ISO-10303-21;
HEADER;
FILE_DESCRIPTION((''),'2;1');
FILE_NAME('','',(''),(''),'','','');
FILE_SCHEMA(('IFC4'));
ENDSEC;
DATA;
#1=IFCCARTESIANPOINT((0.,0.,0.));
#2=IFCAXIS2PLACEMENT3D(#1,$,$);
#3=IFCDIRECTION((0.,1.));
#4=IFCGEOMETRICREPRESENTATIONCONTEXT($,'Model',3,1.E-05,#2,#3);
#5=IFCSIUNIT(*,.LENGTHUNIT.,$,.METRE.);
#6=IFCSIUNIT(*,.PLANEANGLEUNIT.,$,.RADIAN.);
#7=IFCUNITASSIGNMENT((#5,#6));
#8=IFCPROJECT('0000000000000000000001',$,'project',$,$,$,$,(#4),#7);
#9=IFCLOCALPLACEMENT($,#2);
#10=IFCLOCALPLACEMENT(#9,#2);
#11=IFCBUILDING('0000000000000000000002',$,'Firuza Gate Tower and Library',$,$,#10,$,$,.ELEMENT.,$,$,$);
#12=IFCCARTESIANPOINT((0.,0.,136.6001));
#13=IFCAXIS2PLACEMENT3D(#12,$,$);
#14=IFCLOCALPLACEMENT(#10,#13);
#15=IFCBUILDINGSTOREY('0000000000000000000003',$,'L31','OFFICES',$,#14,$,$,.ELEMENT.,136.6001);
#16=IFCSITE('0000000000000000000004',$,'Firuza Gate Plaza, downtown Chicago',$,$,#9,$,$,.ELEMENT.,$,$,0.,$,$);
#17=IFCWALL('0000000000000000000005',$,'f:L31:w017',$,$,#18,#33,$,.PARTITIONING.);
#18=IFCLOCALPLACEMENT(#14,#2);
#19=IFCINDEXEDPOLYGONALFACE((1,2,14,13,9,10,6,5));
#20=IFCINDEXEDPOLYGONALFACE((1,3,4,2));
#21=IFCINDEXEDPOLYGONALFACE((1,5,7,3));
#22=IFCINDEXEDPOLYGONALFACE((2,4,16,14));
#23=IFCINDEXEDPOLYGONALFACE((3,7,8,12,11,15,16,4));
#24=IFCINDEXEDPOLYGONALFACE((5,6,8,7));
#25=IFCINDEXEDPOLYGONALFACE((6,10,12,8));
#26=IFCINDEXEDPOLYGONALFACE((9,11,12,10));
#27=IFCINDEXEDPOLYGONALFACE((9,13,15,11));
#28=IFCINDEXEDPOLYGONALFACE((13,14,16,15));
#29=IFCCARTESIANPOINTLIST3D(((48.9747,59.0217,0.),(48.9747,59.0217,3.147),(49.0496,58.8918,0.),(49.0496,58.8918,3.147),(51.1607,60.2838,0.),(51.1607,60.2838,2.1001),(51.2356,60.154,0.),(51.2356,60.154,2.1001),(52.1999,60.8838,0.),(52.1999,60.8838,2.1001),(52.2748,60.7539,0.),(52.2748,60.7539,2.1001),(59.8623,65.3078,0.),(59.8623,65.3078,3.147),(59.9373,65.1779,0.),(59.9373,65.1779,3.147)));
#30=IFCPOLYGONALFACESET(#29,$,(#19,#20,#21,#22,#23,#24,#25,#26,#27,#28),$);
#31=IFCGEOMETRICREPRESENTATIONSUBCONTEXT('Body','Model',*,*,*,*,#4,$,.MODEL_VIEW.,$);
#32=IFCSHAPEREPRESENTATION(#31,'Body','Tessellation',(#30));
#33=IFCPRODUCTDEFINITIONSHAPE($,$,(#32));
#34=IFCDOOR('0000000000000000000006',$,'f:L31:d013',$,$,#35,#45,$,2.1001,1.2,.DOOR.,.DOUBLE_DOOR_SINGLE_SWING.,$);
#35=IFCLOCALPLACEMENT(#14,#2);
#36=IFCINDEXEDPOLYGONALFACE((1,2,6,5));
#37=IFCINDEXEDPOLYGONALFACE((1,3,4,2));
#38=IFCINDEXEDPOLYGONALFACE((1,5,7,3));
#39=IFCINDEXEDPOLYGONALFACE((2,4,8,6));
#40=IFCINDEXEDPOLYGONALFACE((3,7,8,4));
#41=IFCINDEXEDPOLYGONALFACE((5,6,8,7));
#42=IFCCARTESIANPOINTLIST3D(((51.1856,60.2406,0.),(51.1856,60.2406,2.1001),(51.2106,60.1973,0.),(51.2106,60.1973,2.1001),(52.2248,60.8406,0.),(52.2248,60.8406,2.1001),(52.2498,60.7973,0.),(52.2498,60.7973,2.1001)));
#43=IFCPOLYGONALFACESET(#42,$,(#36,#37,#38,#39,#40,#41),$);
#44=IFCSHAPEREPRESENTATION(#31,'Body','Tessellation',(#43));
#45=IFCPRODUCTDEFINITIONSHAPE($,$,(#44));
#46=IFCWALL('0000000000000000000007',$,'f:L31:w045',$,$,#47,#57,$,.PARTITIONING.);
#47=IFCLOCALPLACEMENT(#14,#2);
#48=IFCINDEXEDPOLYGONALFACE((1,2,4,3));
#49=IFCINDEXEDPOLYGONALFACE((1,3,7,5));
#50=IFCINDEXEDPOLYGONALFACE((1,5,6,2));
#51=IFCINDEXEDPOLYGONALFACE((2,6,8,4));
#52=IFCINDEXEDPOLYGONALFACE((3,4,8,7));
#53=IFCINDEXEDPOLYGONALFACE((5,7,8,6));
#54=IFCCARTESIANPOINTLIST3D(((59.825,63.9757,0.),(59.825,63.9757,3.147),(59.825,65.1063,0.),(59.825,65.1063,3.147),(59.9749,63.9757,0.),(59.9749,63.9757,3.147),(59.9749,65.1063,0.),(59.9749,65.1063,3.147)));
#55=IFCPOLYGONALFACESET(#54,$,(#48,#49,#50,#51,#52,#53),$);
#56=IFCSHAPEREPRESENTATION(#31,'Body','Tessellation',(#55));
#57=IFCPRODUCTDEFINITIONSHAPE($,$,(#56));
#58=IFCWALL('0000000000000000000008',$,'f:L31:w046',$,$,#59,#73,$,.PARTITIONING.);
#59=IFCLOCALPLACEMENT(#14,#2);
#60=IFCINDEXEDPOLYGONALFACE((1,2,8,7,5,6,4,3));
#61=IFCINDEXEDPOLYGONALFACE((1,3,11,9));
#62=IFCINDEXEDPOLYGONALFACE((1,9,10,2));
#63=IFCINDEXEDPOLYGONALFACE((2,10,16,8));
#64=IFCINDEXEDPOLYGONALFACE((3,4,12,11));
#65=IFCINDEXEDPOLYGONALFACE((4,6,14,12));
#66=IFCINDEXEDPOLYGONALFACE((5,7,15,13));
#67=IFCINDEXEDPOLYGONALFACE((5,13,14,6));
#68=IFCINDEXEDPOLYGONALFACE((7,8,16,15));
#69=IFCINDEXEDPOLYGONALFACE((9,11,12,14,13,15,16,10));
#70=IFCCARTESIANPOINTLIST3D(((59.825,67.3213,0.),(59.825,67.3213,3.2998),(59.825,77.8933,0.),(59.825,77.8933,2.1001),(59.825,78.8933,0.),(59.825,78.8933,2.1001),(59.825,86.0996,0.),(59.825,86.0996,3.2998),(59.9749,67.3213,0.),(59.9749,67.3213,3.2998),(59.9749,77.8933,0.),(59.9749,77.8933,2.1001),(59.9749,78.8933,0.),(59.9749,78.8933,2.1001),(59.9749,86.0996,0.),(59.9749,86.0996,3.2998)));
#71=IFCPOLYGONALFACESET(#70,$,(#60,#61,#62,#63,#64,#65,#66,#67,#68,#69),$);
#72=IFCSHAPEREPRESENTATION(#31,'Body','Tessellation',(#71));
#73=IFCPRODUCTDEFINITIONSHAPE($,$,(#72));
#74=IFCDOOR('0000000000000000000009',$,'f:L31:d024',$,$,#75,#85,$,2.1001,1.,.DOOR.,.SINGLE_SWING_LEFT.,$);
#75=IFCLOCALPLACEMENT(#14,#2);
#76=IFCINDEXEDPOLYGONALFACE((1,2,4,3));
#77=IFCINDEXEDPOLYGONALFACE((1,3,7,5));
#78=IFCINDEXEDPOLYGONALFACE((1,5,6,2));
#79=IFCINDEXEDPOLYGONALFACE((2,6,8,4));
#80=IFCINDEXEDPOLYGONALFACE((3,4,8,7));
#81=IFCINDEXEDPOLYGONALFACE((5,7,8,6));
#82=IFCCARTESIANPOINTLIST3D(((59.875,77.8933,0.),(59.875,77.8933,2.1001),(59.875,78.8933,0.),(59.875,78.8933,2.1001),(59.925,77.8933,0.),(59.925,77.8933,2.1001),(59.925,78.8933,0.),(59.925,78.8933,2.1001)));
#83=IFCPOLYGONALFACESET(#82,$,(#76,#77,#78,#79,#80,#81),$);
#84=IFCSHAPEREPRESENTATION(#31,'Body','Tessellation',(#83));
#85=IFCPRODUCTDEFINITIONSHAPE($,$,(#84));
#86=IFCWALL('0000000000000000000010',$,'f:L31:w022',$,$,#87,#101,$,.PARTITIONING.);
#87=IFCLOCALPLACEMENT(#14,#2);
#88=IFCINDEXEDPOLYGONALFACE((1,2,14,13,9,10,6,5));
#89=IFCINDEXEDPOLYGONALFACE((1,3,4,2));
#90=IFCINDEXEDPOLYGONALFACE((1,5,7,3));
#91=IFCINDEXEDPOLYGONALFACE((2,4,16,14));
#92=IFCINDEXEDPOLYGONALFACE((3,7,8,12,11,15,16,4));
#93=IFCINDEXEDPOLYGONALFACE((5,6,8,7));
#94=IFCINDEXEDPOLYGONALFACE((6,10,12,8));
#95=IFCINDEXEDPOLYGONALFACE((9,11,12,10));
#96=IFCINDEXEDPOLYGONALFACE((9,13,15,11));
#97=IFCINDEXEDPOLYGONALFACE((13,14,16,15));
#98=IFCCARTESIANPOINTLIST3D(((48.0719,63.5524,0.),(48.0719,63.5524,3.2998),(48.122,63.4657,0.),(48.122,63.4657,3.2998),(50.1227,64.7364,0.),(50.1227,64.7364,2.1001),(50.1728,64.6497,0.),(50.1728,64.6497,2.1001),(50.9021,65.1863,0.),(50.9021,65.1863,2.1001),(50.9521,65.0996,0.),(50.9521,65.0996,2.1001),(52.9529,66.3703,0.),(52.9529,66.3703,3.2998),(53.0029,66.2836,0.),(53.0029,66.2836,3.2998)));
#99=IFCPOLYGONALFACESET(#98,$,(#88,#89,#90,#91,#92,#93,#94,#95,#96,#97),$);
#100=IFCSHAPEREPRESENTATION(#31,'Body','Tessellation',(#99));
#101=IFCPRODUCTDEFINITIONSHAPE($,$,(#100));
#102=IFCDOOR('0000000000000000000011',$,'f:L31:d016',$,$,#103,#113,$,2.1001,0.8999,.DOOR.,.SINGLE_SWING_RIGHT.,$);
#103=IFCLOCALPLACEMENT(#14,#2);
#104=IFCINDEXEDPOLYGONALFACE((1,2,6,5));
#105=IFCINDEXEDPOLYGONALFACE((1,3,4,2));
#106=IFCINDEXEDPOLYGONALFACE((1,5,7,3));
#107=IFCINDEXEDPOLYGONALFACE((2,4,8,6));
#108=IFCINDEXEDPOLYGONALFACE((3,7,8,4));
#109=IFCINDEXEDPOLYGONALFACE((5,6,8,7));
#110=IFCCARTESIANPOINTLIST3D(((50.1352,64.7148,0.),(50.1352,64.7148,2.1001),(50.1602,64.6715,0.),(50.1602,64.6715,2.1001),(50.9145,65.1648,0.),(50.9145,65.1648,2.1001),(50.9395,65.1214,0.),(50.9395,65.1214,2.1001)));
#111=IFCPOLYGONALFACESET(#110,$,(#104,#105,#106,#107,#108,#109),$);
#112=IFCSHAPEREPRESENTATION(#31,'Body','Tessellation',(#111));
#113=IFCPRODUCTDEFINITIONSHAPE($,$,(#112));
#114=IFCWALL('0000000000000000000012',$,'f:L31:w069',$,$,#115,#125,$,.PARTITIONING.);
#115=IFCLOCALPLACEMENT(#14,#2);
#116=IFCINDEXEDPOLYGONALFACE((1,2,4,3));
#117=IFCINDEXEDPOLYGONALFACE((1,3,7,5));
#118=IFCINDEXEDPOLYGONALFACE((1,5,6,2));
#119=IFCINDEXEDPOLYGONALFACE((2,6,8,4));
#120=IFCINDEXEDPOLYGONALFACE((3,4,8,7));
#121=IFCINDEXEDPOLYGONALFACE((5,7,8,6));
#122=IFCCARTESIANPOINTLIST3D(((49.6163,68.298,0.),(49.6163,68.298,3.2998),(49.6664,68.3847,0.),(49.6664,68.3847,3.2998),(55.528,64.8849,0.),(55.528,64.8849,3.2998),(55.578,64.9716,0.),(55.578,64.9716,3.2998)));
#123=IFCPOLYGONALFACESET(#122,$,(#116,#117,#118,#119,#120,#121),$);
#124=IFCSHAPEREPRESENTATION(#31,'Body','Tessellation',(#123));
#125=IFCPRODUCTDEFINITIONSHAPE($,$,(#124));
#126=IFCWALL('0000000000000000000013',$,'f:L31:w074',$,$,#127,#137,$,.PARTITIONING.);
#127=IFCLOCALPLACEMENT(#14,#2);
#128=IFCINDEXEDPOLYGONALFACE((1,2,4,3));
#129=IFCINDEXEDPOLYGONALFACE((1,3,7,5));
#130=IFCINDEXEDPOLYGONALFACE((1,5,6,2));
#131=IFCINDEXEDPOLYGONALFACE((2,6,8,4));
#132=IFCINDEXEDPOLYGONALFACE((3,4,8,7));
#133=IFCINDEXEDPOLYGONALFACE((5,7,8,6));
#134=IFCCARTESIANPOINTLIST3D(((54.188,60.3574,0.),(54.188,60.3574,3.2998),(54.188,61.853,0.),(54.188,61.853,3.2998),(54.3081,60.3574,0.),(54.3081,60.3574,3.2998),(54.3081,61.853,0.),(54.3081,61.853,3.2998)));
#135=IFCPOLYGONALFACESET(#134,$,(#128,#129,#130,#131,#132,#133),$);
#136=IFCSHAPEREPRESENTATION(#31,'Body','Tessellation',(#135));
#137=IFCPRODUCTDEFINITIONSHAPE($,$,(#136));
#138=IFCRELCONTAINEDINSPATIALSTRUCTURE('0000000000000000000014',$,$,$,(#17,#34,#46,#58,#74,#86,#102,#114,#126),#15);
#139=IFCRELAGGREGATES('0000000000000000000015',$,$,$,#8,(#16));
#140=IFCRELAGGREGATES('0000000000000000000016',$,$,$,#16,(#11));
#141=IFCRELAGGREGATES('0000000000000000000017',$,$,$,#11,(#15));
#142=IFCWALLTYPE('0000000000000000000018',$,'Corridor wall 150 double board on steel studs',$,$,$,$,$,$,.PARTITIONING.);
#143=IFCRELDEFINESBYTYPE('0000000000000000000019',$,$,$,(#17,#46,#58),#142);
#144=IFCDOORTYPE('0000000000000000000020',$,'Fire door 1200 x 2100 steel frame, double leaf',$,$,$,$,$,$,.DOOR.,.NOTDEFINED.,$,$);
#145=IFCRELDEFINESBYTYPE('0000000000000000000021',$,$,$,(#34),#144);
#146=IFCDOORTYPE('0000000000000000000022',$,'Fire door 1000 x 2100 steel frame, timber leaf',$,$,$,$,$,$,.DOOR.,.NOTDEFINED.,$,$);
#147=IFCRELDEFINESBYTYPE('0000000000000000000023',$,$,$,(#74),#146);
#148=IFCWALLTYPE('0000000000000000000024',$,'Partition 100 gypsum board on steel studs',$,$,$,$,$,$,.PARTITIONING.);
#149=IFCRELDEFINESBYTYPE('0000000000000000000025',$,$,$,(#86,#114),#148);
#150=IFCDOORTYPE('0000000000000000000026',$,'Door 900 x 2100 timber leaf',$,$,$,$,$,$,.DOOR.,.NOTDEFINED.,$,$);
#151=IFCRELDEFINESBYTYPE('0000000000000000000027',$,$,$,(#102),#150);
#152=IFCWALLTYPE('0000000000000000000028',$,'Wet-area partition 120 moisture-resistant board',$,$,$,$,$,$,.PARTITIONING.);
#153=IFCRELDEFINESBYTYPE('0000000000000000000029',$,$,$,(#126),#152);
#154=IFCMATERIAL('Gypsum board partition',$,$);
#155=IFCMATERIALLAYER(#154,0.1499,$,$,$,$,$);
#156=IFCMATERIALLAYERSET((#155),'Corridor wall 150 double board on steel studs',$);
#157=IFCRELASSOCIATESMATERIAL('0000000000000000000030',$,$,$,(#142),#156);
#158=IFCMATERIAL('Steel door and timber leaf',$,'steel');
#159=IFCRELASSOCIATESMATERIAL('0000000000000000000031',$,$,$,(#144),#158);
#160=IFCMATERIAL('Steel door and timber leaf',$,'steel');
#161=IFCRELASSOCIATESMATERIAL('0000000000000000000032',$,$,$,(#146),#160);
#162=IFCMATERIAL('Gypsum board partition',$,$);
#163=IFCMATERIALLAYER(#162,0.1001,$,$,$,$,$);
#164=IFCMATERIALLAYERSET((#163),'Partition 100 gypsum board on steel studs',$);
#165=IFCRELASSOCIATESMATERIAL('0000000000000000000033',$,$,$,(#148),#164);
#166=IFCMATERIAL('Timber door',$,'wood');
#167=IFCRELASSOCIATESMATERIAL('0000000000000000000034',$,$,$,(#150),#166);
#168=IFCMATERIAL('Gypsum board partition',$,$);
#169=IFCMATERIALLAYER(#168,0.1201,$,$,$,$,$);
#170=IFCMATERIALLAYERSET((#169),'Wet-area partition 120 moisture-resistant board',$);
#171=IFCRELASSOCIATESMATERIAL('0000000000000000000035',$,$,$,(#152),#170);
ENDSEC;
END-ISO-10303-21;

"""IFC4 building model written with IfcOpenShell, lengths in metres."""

from ifc_helpers import new_model, si_unit, direction, frame, frame_2d, origin, place, context, subcontext, project, spatial, rectangle, extrude, material, layer, layer_set, type_object, element, fill, save


model = new_model("IFC4")

# Units and contexts
model_context = context("Model", 3, precision=1e-05, world=origin(), true_north=direction((0.0, 1.0)))
body_context = subcontext(model_context, "Body", "Model", "MODEL_VIEW")
ifc_project = project(units=[si_unit("LENGTHUNIT", "METRE"), si_unit("PLANEANGLEUNIT", "RADIAN")], contexts=[model_context])

# Site, building, storey
site_placement = place(None, origin())
site = spatial("IfcSite", under=ifc_project, at=site_placement, Name="Firuza Gate Plaza, downtown Chicago", CompositionType="ELEMENT", RefElevation=0.0)
building_placement = place(site_placement, origin())
building = spatial("IfcBuilding", under=site, at=building_placement, Name="Firuza Gate Tower and Library", CompositionType="ELEMENT")
storey_placement = place(building_placement, frame((0.0, 0.0, 136.6001)))
storey = spatial("IfcBuildingStorey", under=building, at=storey_placement, Name="L31", Description="OFFICES", CompositionType="ELEMENT", Elevation=136.6001)

# Wall, opening, door
ifc_material_1 = material(Name="Gypsum board partition")
ifc_layer_1 = layer(ifc_material_1, 0.1499)
ifc_layer_set_1 = layer_set([ifc_layer_1], Name="Corridor wall 150 double board on steel studs")
wall_type_1 = type_object("IfcWallType", Name="Corridor wall 150 double board on steel studs", PredefinedType="PARTITIONING", material=ifc_layer_set_1)
wall_1_placement = place(storey_placement, frame((59.8999, 65.2429, 0.0), z_axis=(0.0, 0.0, 1.0), x_axis=(-0.866021, -0.500007, 0.0)))
wall_1 = element("IfcWall", 1, at=wall_1_placement, inside=storey, type_object=wall_type_1, Name="f:L31:w017", PredefinedType="PARTITIONING", context=body_context, shape_type="SweptSolid", body=[
    extrude(rectangle(XDim=12.572, YDim=0.1499, at=frame_2d((6.2861, 0.0))), origin(), (0.0, 0.0, 1.0), 3.147),
])
opening_1_placement = place(wall_1_placement, frame((8.8479, 0.0, 0.0)))
opening_1 = element("IfcOpeningElement", 2, at=opening_1_placement, cuts=wall_1, PredefinedType="OPENING", context=body_context, shape_type="SweptSolid", body=[
    extrude(rectangle(XDim=1.2, YDim=2.1001, at=frame_2d((0.6001, 1.05))), frame((0.0, 0.085, 0.0), z_axis=(0.0, -1.0, 0.0), x_axis=(1.0, 0.0, 0.0)), (0.0, 0.0, 1.0), 0.1699),
])
ifc_material_2 = material(Name="Steel door and timber leaf", Category="steel")
door_type_1 = type_object("IfcDoorType", Name="Fire door 1200 x 2100 steel frame, double leaf", OperationType="NOTDEFINED", PredefinedType="DOOR", material=ifc_material_2)
door_1_placement = place(opening_1_placement, origin())
door_1 = element("IfcDoor", 3, at=door_1_placement, inside=storey, type_object=door_type_1, Name="f:L31:d013", OperationType="DOUBLE_DOOR_SINGLE_SWING", OverallHeight=2.1001, OverallWidth=1.2, PredefinedType="DOOR", context=body_context, shape_type="SweptSolid", body=[
    extrude(rectangle(XDim=1.2, YDim=2.1001, at=frame_2d((0.6001, 1.05))), frame((0.0, 0.0249, 0.0), z_axis=(0.0, -1.0, 0.0), x_axis=(1.0, 0.0, 0.0)), (0.0, 0.0, 1.0), 0.05),
])
fill(opening_1, door_1)

# Wall
wall_2_placement = place(storey_placement, frame((59.8999, 63.9756, 0.0), z_axis=(0.0, 0.0, 1.0), x_axis=(0.0, 1.0, 0.0)))
element("IfcWall", 4, at=wall_2_placement, inside=storey, type_object=wall_type_1, Name="f:L31:w045", PredefinedType="PARTITIONING", context=body_context, shape_type="SweptSolid", body=[
    extrude(rectangle(XDim=1.1306, YDim=0.1499, at=frame_2d((0.5654, 0.0))), origin(), (0.0, 0.0, 1.0), 3.147),
])

# Walls, openings, doors
wall_3_placement = place(storey_placement, frame((59.8999, 67.3213, 0.0), z_axis=(0.0, 0.0, 1.0), x_axis=(0.0, 1.0, 0.0)))
wall_3 = element("IfcWall", 5, at=wall_3_placement, inside=storey, type_object=wall_type_1, Name="f:L31:w046", PredefinedType="PARTITIONING", context=body_context, shape_type="SweptSolid", body=[
    extrude(rectangle(XDim=18.7783, YDim=0.1499, at=frame_2d((9.3892, 0.0))), origin(), (0.0, 0.0, 1.0), 3.2998),
])
opening_2_placement = place(wall_3_placement, frame((10.572, 0.0, 0.0)))
opening_2 = element("IfcOpeningElement", 6, at=opening_2_placement, cuts=wall_3, PredefinedType="OPENING", context=body_context, shape_type="SweptSolid", body=[
    extrude(rectangle(XDim=1.0, YDim=2.1001, at=frame_2d((0.5, 1.05))), frame((0.0, 0.085, 0.0), z_axis=(0.0, -1.0, 0.0), x_axis=(1.0, 0.0, 0.0)), (0.0, 0.0, 1.0), 0.1699),
])
ifc_material_3 = material(Name="Steel door and timber leaf", Category="steel")
door_type_2 = type_object("IfcDoorType", Name="Fire door 1000 x 2100 steel frame, timber leaf", OperationType="NOTDEFINED", PredefinedType="DOOR", material=ifc_material_3)
door_2_placement = place(opening_2_placement, origin())
door_2 = element("IfcDoor", 7, at=door_2_placement, inside=storey, type_object=door_type_2, Name="f:L31:d024", OperationType="SINGLE_SWING_LEFT", OverallHeight=2.1001, OverallWidth=1.0, PredefinedType="DOOR", context=body_context, shape_type="SweptSolid", body=[
    extrude(rectangle(XDim=1.0, YDim=2.1001, at=frame_2d((0.5, 1.05))), frame((0.0, 0.0249, 0.0), z_axis=(0.0, -1.0, 0.0), x_axis=(1.0, 0.0, 0.0)), (0.0, 0.0, 1.0), 0.05),
])
fill(opening_2, door_2)
ifc_material_4 = material(Name="Gypsum board partition")
ifc_layer_2 = layer(ifc_material_4, 0.1001)
ifc_layer_set_2 = layer_set([ifc_layer_2], Name="Partition 100 gypsum board on steel studs")
wall_type_2 = type_object("IfcWallType", Name="Partition 100 gypsum board on steel studs", PredefinedType="PARTITIONING", material=ifc_layer_set_2)
wall_4_placement = place(storey_placement, frame((52.9778, 66.3269, 0.0), z_axis=(0.0, 0.0, 1.0), x_axis=(-0.866033, -0.499987, 0.0)))
wall_4 = element("IfcWall", 8, at=wall_4_placement, inside=storey, type_object=wall_type_2, Name="f:L31:w022", PredefinedType="PARTITIONING", context=body_context, shape_type="SweptSolid", body=[
    extrude(rectangle(XDim=5.636, YDim=0.1001, at=frame_2d((2.8179, 0.0))), origin(), (0.0, 0.0, 1.0), 3.2998),
])
opening_3_placement = place(wall_4_placement, frame((2.3679, 0.0, 0.0)))
opening_3 = element("IfcOpeningElement", 9, at=opening_3_placement, cuts=wall_4, PredefinedType="OPENING", context=body_context, shape_type="SweptSolid", body=[
    extrude(rectangle(XDim=0.8999, YDim=2.1001, at=frame_2d((0.45, 1.05))), frame((0.0, 0.0601, 0.0), z_axis=(0.0, -1.0, 0.0), x_axis=(1.0, 0.0, 0.0)), (0.0, 0.0, 1.0), 0.1201),
])
ifc_material_5 = material(Name="Timber door", Category="wood")
door_type_3 = type_object("IfcDoorType", Name="Door 900 x 2100 timber leaf", OperationType="NOTDEFINED", PredefinedType="DOOR", material=ifc_material_5)
door_3_placement = place(opening_3_placement, origin())
door_3 = element("IfcDoor", 10, at=door_3_placement, inside=storey, type_object=door_type_3, Name="f:L31:d016", OperationType="SINGLE_SWING_RIGHT", OverallHeight=2.1001, OverallWidth=0.8999, PredefinedType="DOOR", context=body_context, shape_type="SweptSolid", body=[
    extrude(rectangle(XDim=0.8999, YDim=2.1001, at=frame_2d((0.45, 1.05))), frame((0.0, 0.0249, 0.0), z_axis=(0.0, -1.0, 0.0), x_axis=(1.0, 0.0, 0.0)), (0.0, 0.0, 1.0), 0.05),
])
fill(opening_3, door_3)

# Walls
wall_5_placement = place(storey_placement, frame((55.553, 64.9282, 0.0), z_axis=(0.0, 0.0, 1.0), x_axis=(-0.866025, 0.500001, 0.0)))
element("IfcWall", 11, at=wall_5_placement, inside=storey, type_object=wall_type_2, Name="f:L31:w069", PredefinedType="PARTITIONING", context=body_context, shape_type="SweptSolid", body=[
    extrude(rectangle(XDim=6.8262, YDim=0.1001, at=frame_2d((3.4131, 0.0))), origin(), (0.0, 0.0, 1.0), 3.2998),
])
ifc_material_6 = material(Name="Gypsum board partition")
ifc_layer_3 = layer(ifc_material_6, 0.1201)
ifc_layer_set_3 = layer_set([ifc_layer_3], Name="Wet-area partition 120 moisture-resistant board")
wall_type_3 = type_object("IfcWallType", Name="Wet-area partition 120 moisture-resistant board", PredefinedType="PARTITIONING", material=ifc_layer_set_3)
wall_6_placement = place(storey_placement, frame((54.248, 60.3574, 0.0), z_axis=(0.0, 0.0, 1.0), x_axis=(0.0, 1.0, 0.0)))
element("IfcWall", 12, at=wall_6_placement, inside=storey, type_object=wall_type_3, Name="f:L31:w074", PredefinedType="PARTITIONING", context=body_context, shape_type="SweptSolid", body=[
    extrude(rectangle(XDim=1.4956, YDim=0.1201, at=frame_2d((0.7478, 0.0))), origin(), (0.0, 0.0, 1.0), 3.2998),
])

save(model, "model.ifc")
